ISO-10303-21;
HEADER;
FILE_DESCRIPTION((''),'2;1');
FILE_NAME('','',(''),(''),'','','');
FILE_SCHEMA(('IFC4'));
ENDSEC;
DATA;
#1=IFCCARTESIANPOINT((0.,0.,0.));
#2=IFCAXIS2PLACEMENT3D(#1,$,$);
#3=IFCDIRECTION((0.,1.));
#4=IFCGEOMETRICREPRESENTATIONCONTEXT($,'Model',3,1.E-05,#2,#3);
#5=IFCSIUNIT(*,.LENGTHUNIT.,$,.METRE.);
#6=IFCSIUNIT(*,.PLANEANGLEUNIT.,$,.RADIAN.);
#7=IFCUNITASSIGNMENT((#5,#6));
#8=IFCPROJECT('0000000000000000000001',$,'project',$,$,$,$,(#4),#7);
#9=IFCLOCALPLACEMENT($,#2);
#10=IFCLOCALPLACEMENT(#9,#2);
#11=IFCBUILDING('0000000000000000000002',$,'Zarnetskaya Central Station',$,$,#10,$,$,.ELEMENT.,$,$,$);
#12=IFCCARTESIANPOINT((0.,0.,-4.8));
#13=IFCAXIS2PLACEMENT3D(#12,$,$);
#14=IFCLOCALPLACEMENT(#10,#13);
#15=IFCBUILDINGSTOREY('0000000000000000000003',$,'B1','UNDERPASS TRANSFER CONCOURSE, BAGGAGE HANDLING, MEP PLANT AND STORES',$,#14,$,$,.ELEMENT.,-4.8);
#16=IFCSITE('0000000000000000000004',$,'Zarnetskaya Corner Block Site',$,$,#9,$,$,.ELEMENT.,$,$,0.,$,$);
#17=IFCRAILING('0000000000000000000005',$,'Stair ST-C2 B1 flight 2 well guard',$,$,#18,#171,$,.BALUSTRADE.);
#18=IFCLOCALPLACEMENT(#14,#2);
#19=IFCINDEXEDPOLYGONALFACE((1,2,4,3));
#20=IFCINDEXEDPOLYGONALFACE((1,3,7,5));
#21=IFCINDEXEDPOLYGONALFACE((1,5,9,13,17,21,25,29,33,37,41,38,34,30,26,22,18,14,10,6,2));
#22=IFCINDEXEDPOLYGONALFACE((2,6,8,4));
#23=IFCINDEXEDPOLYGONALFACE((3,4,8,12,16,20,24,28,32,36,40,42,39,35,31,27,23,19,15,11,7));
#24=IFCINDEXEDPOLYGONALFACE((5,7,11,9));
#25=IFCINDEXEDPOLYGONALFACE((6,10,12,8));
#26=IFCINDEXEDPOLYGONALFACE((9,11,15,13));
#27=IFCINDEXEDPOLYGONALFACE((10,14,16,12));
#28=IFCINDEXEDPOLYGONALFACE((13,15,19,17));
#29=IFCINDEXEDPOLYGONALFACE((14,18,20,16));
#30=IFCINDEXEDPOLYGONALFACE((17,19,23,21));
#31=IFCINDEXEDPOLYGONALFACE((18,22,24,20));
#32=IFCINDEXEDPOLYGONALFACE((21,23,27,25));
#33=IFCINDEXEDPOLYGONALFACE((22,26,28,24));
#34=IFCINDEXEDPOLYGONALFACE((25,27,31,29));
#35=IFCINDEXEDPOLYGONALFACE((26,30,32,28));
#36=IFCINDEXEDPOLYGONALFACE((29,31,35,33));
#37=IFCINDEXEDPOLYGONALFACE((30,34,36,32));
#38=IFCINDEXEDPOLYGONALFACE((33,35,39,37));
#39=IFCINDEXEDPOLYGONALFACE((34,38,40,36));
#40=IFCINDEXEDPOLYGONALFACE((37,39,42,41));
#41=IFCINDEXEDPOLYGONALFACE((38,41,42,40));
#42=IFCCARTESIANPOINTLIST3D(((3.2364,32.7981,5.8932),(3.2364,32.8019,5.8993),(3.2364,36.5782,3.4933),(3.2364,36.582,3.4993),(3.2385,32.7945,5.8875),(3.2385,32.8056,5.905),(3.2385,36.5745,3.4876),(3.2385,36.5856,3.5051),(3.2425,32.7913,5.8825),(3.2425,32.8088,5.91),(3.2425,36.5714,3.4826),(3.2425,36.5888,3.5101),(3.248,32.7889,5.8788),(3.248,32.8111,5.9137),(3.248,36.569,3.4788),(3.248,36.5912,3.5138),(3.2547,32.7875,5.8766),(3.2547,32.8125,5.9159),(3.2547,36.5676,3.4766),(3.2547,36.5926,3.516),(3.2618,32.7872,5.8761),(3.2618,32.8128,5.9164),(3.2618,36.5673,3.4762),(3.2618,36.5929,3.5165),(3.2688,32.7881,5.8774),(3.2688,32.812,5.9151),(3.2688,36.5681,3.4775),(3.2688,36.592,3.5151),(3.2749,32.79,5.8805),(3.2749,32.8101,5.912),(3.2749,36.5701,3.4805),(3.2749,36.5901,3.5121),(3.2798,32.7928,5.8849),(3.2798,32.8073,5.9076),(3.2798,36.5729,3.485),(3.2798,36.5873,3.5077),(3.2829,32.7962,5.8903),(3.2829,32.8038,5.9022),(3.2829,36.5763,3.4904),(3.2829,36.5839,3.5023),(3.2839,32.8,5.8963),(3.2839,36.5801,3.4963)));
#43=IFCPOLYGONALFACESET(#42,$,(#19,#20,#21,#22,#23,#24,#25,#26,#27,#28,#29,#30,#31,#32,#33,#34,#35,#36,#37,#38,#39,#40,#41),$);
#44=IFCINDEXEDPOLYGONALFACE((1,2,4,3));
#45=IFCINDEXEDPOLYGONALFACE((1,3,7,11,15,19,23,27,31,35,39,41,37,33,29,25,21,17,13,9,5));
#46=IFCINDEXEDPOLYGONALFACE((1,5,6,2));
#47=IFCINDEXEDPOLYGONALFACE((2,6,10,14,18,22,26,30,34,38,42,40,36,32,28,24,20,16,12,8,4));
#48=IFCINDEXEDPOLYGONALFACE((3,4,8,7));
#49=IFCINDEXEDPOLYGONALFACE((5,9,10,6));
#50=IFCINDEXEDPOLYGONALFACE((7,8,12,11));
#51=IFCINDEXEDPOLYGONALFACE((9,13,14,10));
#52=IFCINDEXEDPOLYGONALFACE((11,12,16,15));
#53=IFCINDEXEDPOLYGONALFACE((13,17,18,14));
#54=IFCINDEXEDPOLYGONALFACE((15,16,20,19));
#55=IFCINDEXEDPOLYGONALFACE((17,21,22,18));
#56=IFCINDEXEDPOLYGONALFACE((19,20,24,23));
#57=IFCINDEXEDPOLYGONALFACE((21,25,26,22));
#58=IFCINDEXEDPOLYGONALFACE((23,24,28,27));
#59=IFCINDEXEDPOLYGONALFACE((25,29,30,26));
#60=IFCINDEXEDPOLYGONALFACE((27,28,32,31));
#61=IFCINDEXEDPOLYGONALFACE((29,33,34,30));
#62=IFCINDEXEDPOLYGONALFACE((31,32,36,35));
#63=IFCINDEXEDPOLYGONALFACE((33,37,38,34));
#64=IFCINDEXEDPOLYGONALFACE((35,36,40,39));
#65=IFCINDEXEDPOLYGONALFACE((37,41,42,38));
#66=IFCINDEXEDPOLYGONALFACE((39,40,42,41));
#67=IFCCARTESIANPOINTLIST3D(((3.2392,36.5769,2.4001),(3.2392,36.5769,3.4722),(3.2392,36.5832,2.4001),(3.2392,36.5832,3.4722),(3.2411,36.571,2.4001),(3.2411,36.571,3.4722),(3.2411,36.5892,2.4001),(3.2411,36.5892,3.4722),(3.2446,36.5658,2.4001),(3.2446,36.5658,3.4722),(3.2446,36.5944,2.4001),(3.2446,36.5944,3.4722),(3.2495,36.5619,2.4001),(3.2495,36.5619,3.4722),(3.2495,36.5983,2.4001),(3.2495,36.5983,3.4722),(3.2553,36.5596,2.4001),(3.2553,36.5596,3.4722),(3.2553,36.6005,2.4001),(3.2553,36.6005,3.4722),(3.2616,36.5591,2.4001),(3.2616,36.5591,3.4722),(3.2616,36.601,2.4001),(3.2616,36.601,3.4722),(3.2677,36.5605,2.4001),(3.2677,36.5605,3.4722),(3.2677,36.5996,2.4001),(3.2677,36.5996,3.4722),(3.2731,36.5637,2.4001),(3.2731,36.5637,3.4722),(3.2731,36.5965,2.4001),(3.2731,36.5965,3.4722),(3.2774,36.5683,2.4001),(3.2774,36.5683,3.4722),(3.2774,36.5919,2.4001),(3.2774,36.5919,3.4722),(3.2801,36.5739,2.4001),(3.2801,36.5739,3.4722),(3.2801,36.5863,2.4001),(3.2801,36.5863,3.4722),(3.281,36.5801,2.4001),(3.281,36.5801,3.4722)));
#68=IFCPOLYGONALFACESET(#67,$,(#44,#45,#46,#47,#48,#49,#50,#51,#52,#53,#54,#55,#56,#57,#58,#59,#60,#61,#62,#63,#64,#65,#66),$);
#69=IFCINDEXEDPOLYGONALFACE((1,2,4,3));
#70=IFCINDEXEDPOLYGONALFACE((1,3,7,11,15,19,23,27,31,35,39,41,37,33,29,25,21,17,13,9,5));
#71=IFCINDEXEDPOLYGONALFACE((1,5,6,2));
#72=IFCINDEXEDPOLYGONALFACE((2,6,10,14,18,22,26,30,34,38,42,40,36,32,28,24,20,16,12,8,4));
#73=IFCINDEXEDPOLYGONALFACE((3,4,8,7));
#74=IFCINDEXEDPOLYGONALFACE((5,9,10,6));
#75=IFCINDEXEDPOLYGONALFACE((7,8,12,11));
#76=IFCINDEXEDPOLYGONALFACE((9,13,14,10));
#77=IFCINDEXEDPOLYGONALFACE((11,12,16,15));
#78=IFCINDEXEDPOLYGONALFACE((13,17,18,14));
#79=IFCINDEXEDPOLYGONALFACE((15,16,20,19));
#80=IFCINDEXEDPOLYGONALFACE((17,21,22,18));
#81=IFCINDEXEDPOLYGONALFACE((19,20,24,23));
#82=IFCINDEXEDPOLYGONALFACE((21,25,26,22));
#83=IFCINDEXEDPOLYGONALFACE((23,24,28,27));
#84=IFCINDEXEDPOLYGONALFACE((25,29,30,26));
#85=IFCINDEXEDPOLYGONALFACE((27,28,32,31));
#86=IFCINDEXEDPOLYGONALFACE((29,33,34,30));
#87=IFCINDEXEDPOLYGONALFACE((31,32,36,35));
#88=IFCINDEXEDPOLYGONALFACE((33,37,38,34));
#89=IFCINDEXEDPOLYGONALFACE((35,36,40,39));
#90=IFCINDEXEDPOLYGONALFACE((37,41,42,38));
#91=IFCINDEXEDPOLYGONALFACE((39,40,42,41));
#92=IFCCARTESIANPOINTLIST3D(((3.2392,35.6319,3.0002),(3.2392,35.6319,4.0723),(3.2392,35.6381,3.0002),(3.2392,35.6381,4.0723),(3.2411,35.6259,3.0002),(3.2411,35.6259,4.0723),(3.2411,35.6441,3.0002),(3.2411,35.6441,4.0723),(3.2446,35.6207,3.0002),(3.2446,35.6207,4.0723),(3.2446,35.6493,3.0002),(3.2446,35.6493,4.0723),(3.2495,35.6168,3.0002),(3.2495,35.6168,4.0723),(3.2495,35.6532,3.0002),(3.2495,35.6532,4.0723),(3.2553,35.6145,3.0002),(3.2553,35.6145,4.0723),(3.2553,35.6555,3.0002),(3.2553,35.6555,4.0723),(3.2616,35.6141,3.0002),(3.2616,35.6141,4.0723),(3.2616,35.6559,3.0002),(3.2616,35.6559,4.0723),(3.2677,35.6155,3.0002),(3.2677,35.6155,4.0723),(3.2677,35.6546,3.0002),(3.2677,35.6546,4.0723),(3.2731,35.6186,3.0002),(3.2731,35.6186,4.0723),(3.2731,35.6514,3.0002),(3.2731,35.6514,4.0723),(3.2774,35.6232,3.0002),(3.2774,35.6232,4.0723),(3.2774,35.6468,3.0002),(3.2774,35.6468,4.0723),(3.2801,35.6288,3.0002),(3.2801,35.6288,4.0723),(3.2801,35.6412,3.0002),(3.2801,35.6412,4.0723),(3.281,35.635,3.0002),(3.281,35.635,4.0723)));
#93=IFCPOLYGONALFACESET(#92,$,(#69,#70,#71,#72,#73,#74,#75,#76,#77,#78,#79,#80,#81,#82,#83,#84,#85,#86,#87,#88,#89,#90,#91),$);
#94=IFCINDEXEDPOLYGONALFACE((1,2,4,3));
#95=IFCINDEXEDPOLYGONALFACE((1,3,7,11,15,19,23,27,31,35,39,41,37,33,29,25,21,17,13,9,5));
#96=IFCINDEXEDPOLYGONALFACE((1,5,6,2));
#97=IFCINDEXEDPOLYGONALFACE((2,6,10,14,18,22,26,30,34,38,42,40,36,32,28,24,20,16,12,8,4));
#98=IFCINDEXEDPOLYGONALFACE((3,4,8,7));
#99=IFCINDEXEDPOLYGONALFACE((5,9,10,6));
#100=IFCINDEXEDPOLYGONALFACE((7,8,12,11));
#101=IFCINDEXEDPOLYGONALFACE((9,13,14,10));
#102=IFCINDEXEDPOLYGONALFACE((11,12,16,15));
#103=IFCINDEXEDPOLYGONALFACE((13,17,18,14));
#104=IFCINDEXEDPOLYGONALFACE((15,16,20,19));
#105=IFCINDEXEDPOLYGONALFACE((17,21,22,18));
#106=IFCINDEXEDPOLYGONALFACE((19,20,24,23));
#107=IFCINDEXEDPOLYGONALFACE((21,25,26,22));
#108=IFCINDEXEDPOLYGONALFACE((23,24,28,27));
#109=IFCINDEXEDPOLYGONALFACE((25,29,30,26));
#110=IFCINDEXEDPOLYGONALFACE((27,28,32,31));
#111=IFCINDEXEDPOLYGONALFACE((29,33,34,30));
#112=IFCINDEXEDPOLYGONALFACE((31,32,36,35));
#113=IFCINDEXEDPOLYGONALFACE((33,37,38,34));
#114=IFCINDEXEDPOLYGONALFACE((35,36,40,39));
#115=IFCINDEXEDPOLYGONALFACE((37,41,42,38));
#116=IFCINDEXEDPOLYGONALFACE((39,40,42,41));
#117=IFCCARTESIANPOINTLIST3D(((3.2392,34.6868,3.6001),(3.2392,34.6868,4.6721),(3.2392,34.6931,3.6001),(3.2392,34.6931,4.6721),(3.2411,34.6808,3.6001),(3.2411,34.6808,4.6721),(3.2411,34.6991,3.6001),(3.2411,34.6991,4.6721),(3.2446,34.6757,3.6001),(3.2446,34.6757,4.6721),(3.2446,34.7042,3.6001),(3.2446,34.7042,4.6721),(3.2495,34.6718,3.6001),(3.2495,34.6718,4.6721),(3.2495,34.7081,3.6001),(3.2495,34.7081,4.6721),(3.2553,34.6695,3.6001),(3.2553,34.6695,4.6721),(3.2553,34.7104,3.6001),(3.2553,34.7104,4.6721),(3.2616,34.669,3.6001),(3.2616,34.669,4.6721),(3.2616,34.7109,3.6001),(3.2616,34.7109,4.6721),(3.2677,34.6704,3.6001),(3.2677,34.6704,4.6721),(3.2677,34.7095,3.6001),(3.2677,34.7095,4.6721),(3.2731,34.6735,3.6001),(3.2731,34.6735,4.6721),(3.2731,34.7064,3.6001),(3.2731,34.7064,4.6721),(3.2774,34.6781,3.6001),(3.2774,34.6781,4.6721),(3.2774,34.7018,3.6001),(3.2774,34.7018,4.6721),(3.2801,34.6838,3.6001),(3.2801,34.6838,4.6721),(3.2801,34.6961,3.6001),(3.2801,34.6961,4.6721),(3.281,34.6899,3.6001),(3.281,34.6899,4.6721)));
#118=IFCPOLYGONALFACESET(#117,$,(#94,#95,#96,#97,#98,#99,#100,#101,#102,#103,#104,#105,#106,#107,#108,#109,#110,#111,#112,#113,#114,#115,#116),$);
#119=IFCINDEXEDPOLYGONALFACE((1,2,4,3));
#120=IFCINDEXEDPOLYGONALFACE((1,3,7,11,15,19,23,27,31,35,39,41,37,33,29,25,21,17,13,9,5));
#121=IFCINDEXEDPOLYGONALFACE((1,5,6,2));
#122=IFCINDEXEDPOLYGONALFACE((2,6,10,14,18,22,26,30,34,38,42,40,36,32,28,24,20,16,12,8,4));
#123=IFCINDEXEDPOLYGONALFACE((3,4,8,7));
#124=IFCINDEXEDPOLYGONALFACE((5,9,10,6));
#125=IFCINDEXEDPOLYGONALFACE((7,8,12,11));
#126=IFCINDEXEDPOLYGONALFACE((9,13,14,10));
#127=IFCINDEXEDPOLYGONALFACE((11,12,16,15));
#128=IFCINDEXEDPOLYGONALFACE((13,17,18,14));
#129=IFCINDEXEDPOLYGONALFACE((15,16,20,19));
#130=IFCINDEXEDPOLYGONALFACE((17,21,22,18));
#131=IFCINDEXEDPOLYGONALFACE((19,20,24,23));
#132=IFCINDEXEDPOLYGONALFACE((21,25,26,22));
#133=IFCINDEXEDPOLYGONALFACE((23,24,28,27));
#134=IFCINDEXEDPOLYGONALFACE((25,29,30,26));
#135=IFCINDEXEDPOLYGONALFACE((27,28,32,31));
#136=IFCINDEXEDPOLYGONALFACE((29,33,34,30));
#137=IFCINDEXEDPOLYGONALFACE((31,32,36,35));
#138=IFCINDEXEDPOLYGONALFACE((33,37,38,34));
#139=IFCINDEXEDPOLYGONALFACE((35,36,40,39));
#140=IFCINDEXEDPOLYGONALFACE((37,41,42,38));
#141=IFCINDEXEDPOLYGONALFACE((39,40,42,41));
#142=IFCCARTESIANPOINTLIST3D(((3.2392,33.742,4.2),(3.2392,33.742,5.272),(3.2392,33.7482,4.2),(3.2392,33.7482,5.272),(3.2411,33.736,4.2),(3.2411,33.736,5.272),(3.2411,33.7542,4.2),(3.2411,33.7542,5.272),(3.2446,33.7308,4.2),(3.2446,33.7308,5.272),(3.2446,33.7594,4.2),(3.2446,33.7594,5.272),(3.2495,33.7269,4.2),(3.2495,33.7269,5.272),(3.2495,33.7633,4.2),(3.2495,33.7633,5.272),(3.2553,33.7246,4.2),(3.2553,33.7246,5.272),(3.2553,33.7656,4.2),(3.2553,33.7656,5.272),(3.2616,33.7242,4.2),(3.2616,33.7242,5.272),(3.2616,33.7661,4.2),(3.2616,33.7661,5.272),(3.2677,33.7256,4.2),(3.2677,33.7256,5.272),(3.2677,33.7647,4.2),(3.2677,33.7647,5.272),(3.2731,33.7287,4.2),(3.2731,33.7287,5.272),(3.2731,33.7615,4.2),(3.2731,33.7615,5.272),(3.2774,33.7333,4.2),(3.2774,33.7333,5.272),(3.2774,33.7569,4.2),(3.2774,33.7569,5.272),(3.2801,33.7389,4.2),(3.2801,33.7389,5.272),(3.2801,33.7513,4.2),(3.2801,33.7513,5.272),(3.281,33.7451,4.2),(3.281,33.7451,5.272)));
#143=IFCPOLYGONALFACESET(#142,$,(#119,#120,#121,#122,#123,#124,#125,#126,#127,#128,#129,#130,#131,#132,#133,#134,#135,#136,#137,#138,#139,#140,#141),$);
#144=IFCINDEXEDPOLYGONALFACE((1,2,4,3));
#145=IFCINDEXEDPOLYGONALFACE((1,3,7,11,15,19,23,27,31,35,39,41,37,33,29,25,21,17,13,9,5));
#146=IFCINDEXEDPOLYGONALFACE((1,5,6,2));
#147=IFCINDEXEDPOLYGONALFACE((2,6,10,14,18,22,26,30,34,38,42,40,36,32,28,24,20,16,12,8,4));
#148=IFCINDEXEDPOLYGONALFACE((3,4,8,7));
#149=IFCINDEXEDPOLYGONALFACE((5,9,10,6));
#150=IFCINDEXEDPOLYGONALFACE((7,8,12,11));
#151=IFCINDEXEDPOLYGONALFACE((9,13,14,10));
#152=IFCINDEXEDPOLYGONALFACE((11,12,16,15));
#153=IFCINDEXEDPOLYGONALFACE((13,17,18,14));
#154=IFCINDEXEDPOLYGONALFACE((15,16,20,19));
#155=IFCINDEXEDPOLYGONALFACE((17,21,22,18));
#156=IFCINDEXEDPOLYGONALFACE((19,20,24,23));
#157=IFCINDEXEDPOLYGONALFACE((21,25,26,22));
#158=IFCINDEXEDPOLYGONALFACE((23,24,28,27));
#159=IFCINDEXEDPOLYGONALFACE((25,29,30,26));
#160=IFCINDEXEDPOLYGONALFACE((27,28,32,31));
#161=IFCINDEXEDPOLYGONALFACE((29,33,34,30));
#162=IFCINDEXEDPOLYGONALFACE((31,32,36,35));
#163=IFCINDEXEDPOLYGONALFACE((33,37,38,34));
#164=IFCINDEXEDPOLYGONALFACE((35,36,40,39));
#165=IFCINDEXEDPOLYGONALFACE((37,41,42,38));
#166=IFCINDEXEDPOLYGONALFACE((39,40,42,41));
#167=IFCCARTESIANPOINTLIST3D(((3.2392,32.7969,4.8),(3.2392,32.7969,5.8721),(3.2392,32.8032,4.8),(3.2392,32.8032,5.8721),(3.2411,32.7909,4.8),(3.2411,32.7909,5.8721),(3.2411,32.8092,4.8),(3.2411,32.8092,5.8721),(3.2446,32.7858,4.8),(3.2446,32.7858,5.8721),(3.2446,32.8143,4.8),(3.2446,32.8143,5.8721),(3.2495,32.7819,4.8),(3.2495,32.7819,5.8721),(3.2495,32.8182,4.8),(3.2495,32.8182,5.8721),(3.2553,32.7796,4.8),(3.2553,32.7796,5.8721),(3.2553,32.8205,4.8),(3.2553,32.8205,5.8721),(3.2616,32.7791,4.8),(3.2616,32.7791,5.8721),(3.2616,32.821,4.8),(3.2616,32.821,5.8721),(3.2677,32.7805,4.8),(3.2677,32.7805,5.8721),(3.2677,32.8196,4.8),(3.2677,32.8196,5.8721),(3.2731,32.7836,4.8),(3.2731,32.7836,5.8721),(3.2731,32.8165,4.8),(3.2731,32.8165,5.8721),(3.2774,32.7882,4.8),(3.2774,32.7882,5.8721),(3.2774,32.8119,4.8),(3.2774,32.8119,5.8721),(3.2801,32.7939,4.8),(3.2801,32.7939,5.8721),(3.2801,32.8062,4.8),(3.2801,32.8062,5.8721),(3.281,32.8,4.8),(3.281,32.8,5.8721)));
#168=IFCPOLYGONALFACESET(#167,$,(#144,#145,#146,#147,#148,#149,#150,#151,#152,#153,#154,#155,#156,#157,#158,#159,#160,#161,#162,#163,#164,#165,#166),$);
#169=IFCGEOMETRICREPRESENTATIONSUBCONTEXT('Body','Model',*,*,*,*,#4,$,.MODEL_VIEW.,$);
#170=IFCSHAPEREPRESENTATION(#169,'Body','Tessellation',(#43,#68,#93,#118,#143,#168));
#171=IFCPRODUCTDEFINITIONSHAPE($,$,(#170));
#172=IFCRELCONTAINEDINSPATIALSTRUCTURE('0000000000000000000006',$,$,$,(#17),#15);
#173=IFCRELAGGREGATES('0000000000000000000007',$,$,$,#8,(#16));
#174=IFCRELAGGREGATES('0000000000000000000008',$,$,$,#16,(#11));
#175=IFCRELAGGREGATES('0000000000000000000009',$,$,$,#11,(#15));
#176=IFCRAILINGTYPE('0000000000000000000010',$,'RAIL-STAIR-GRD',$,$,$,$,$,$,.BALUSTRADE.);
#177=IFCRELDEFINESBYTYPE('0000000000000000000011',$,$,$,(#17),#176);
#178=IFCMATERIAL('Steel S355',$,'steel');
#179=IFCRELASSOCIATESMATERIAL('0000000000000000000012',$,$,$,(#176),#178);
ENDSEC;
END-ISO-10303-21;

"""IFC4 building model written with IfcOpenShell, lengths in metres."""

from ifc_helpers import new_model, si_unit, direction, frame, origin, origin_2d, place, context, subcontext, project, spatial, circle, extrude, material, type_object, element, save


model = new_model("IFC4")

# Units and contexts
model_context = context("Model", 3, precision=1e-05, world=origin(), true_north=direction((0.0, 1.0)))
body_context = subcontext(model_context, "Body", "Model", "MODEL_VIEW")
ifc_project = project(units=[si_unit("LENGTHUNIT", "METRE"), si_unit("PLANEANGLEUNIT", "RADIAN")], contexts=[model_context])

# Site, building, storey
site_placement = place(None, origin())
site = spatial("IfcSite", under=ifc_project, at=site_placement, Name="Zarnetskaya Corner Block Site", CompositionType="ELEMENT", RefElevation=0.0)
building_placement = place(site_placement, origin())
building = spatial("IfcBuilding", under=site, at=building_placement, Name="Zarnetskaya Central Station", CompositionType="ELEMENT")
storey_placement = place(building_placement, frame((0.0, 0.0, -4.8)))
storey = spatial("IfcBuildingStorey", under=building, at=storey_placement, Name="B1", Description="UNDERPASS TRANSFER CONCOURSE, BAGGAGE HANDLING, MEP PLANT AND STORES", CompositionType="ELEMENT", Elevation=-4.8)

# Railing
ifc_material_1 = material(Name="Steel S355", Category="steel")
railing_type_1 = type_object("IfcRailingType", Name="RAIL-STAIR-GRD", PredefinedType="BALUSTRADE", material=ifc_material_1)
railing_1_placement = place(storey_placement, frame((3.26, 36.5801, 2.4001)))
element("IfcRailing", 1, at=railing_1_placement, inside=storey, type_object=railing_type_1, Name="Stair ST-C2 B1 flight 2 well guard", PredefinedType="BALUSTRADE", context=body_context, shape_type="SweptSolid", body=[
    extrude(circle(Radius=0.0239, at=origin_2d()), frame((0.0, 0.0, 1.0962), z_axis=(0.0, -0.844225, 0.53599), x_axis=(1.0, 0.0, 0.0)), (0.0, 0.0, 1.0), 4.4775),
    extrude(circle(Radius=0.021, at=origin_2d()), origin(), (0.0, 0.0, 1.0), 1.072),
    extrude(circle(Radius=0.021, at=origin_2d()), frame((0.0, -0.9451, 0.6001)), (0.0, 0.0, 1.0), 1.072),
    extrude(circle(Radius=0.021, at=origin_2d()), frame((0.0, -1.8901, 1.2)), (0.0, 0.0, 1.0), 1.072),
    extrude(circle(Radius=0.021, at=origin_2d()), frame((0.0, -2.835, 1.7998)), (0.0, 0.0, 1.0), 1.072),
    extrude(circle(Radius=0.021, at=origin_2d()), frame((0.0, -3.78, 2.3999)), (0.0, 0.0, 1.0), 1.072),
])

save(model, "model.ifc")
